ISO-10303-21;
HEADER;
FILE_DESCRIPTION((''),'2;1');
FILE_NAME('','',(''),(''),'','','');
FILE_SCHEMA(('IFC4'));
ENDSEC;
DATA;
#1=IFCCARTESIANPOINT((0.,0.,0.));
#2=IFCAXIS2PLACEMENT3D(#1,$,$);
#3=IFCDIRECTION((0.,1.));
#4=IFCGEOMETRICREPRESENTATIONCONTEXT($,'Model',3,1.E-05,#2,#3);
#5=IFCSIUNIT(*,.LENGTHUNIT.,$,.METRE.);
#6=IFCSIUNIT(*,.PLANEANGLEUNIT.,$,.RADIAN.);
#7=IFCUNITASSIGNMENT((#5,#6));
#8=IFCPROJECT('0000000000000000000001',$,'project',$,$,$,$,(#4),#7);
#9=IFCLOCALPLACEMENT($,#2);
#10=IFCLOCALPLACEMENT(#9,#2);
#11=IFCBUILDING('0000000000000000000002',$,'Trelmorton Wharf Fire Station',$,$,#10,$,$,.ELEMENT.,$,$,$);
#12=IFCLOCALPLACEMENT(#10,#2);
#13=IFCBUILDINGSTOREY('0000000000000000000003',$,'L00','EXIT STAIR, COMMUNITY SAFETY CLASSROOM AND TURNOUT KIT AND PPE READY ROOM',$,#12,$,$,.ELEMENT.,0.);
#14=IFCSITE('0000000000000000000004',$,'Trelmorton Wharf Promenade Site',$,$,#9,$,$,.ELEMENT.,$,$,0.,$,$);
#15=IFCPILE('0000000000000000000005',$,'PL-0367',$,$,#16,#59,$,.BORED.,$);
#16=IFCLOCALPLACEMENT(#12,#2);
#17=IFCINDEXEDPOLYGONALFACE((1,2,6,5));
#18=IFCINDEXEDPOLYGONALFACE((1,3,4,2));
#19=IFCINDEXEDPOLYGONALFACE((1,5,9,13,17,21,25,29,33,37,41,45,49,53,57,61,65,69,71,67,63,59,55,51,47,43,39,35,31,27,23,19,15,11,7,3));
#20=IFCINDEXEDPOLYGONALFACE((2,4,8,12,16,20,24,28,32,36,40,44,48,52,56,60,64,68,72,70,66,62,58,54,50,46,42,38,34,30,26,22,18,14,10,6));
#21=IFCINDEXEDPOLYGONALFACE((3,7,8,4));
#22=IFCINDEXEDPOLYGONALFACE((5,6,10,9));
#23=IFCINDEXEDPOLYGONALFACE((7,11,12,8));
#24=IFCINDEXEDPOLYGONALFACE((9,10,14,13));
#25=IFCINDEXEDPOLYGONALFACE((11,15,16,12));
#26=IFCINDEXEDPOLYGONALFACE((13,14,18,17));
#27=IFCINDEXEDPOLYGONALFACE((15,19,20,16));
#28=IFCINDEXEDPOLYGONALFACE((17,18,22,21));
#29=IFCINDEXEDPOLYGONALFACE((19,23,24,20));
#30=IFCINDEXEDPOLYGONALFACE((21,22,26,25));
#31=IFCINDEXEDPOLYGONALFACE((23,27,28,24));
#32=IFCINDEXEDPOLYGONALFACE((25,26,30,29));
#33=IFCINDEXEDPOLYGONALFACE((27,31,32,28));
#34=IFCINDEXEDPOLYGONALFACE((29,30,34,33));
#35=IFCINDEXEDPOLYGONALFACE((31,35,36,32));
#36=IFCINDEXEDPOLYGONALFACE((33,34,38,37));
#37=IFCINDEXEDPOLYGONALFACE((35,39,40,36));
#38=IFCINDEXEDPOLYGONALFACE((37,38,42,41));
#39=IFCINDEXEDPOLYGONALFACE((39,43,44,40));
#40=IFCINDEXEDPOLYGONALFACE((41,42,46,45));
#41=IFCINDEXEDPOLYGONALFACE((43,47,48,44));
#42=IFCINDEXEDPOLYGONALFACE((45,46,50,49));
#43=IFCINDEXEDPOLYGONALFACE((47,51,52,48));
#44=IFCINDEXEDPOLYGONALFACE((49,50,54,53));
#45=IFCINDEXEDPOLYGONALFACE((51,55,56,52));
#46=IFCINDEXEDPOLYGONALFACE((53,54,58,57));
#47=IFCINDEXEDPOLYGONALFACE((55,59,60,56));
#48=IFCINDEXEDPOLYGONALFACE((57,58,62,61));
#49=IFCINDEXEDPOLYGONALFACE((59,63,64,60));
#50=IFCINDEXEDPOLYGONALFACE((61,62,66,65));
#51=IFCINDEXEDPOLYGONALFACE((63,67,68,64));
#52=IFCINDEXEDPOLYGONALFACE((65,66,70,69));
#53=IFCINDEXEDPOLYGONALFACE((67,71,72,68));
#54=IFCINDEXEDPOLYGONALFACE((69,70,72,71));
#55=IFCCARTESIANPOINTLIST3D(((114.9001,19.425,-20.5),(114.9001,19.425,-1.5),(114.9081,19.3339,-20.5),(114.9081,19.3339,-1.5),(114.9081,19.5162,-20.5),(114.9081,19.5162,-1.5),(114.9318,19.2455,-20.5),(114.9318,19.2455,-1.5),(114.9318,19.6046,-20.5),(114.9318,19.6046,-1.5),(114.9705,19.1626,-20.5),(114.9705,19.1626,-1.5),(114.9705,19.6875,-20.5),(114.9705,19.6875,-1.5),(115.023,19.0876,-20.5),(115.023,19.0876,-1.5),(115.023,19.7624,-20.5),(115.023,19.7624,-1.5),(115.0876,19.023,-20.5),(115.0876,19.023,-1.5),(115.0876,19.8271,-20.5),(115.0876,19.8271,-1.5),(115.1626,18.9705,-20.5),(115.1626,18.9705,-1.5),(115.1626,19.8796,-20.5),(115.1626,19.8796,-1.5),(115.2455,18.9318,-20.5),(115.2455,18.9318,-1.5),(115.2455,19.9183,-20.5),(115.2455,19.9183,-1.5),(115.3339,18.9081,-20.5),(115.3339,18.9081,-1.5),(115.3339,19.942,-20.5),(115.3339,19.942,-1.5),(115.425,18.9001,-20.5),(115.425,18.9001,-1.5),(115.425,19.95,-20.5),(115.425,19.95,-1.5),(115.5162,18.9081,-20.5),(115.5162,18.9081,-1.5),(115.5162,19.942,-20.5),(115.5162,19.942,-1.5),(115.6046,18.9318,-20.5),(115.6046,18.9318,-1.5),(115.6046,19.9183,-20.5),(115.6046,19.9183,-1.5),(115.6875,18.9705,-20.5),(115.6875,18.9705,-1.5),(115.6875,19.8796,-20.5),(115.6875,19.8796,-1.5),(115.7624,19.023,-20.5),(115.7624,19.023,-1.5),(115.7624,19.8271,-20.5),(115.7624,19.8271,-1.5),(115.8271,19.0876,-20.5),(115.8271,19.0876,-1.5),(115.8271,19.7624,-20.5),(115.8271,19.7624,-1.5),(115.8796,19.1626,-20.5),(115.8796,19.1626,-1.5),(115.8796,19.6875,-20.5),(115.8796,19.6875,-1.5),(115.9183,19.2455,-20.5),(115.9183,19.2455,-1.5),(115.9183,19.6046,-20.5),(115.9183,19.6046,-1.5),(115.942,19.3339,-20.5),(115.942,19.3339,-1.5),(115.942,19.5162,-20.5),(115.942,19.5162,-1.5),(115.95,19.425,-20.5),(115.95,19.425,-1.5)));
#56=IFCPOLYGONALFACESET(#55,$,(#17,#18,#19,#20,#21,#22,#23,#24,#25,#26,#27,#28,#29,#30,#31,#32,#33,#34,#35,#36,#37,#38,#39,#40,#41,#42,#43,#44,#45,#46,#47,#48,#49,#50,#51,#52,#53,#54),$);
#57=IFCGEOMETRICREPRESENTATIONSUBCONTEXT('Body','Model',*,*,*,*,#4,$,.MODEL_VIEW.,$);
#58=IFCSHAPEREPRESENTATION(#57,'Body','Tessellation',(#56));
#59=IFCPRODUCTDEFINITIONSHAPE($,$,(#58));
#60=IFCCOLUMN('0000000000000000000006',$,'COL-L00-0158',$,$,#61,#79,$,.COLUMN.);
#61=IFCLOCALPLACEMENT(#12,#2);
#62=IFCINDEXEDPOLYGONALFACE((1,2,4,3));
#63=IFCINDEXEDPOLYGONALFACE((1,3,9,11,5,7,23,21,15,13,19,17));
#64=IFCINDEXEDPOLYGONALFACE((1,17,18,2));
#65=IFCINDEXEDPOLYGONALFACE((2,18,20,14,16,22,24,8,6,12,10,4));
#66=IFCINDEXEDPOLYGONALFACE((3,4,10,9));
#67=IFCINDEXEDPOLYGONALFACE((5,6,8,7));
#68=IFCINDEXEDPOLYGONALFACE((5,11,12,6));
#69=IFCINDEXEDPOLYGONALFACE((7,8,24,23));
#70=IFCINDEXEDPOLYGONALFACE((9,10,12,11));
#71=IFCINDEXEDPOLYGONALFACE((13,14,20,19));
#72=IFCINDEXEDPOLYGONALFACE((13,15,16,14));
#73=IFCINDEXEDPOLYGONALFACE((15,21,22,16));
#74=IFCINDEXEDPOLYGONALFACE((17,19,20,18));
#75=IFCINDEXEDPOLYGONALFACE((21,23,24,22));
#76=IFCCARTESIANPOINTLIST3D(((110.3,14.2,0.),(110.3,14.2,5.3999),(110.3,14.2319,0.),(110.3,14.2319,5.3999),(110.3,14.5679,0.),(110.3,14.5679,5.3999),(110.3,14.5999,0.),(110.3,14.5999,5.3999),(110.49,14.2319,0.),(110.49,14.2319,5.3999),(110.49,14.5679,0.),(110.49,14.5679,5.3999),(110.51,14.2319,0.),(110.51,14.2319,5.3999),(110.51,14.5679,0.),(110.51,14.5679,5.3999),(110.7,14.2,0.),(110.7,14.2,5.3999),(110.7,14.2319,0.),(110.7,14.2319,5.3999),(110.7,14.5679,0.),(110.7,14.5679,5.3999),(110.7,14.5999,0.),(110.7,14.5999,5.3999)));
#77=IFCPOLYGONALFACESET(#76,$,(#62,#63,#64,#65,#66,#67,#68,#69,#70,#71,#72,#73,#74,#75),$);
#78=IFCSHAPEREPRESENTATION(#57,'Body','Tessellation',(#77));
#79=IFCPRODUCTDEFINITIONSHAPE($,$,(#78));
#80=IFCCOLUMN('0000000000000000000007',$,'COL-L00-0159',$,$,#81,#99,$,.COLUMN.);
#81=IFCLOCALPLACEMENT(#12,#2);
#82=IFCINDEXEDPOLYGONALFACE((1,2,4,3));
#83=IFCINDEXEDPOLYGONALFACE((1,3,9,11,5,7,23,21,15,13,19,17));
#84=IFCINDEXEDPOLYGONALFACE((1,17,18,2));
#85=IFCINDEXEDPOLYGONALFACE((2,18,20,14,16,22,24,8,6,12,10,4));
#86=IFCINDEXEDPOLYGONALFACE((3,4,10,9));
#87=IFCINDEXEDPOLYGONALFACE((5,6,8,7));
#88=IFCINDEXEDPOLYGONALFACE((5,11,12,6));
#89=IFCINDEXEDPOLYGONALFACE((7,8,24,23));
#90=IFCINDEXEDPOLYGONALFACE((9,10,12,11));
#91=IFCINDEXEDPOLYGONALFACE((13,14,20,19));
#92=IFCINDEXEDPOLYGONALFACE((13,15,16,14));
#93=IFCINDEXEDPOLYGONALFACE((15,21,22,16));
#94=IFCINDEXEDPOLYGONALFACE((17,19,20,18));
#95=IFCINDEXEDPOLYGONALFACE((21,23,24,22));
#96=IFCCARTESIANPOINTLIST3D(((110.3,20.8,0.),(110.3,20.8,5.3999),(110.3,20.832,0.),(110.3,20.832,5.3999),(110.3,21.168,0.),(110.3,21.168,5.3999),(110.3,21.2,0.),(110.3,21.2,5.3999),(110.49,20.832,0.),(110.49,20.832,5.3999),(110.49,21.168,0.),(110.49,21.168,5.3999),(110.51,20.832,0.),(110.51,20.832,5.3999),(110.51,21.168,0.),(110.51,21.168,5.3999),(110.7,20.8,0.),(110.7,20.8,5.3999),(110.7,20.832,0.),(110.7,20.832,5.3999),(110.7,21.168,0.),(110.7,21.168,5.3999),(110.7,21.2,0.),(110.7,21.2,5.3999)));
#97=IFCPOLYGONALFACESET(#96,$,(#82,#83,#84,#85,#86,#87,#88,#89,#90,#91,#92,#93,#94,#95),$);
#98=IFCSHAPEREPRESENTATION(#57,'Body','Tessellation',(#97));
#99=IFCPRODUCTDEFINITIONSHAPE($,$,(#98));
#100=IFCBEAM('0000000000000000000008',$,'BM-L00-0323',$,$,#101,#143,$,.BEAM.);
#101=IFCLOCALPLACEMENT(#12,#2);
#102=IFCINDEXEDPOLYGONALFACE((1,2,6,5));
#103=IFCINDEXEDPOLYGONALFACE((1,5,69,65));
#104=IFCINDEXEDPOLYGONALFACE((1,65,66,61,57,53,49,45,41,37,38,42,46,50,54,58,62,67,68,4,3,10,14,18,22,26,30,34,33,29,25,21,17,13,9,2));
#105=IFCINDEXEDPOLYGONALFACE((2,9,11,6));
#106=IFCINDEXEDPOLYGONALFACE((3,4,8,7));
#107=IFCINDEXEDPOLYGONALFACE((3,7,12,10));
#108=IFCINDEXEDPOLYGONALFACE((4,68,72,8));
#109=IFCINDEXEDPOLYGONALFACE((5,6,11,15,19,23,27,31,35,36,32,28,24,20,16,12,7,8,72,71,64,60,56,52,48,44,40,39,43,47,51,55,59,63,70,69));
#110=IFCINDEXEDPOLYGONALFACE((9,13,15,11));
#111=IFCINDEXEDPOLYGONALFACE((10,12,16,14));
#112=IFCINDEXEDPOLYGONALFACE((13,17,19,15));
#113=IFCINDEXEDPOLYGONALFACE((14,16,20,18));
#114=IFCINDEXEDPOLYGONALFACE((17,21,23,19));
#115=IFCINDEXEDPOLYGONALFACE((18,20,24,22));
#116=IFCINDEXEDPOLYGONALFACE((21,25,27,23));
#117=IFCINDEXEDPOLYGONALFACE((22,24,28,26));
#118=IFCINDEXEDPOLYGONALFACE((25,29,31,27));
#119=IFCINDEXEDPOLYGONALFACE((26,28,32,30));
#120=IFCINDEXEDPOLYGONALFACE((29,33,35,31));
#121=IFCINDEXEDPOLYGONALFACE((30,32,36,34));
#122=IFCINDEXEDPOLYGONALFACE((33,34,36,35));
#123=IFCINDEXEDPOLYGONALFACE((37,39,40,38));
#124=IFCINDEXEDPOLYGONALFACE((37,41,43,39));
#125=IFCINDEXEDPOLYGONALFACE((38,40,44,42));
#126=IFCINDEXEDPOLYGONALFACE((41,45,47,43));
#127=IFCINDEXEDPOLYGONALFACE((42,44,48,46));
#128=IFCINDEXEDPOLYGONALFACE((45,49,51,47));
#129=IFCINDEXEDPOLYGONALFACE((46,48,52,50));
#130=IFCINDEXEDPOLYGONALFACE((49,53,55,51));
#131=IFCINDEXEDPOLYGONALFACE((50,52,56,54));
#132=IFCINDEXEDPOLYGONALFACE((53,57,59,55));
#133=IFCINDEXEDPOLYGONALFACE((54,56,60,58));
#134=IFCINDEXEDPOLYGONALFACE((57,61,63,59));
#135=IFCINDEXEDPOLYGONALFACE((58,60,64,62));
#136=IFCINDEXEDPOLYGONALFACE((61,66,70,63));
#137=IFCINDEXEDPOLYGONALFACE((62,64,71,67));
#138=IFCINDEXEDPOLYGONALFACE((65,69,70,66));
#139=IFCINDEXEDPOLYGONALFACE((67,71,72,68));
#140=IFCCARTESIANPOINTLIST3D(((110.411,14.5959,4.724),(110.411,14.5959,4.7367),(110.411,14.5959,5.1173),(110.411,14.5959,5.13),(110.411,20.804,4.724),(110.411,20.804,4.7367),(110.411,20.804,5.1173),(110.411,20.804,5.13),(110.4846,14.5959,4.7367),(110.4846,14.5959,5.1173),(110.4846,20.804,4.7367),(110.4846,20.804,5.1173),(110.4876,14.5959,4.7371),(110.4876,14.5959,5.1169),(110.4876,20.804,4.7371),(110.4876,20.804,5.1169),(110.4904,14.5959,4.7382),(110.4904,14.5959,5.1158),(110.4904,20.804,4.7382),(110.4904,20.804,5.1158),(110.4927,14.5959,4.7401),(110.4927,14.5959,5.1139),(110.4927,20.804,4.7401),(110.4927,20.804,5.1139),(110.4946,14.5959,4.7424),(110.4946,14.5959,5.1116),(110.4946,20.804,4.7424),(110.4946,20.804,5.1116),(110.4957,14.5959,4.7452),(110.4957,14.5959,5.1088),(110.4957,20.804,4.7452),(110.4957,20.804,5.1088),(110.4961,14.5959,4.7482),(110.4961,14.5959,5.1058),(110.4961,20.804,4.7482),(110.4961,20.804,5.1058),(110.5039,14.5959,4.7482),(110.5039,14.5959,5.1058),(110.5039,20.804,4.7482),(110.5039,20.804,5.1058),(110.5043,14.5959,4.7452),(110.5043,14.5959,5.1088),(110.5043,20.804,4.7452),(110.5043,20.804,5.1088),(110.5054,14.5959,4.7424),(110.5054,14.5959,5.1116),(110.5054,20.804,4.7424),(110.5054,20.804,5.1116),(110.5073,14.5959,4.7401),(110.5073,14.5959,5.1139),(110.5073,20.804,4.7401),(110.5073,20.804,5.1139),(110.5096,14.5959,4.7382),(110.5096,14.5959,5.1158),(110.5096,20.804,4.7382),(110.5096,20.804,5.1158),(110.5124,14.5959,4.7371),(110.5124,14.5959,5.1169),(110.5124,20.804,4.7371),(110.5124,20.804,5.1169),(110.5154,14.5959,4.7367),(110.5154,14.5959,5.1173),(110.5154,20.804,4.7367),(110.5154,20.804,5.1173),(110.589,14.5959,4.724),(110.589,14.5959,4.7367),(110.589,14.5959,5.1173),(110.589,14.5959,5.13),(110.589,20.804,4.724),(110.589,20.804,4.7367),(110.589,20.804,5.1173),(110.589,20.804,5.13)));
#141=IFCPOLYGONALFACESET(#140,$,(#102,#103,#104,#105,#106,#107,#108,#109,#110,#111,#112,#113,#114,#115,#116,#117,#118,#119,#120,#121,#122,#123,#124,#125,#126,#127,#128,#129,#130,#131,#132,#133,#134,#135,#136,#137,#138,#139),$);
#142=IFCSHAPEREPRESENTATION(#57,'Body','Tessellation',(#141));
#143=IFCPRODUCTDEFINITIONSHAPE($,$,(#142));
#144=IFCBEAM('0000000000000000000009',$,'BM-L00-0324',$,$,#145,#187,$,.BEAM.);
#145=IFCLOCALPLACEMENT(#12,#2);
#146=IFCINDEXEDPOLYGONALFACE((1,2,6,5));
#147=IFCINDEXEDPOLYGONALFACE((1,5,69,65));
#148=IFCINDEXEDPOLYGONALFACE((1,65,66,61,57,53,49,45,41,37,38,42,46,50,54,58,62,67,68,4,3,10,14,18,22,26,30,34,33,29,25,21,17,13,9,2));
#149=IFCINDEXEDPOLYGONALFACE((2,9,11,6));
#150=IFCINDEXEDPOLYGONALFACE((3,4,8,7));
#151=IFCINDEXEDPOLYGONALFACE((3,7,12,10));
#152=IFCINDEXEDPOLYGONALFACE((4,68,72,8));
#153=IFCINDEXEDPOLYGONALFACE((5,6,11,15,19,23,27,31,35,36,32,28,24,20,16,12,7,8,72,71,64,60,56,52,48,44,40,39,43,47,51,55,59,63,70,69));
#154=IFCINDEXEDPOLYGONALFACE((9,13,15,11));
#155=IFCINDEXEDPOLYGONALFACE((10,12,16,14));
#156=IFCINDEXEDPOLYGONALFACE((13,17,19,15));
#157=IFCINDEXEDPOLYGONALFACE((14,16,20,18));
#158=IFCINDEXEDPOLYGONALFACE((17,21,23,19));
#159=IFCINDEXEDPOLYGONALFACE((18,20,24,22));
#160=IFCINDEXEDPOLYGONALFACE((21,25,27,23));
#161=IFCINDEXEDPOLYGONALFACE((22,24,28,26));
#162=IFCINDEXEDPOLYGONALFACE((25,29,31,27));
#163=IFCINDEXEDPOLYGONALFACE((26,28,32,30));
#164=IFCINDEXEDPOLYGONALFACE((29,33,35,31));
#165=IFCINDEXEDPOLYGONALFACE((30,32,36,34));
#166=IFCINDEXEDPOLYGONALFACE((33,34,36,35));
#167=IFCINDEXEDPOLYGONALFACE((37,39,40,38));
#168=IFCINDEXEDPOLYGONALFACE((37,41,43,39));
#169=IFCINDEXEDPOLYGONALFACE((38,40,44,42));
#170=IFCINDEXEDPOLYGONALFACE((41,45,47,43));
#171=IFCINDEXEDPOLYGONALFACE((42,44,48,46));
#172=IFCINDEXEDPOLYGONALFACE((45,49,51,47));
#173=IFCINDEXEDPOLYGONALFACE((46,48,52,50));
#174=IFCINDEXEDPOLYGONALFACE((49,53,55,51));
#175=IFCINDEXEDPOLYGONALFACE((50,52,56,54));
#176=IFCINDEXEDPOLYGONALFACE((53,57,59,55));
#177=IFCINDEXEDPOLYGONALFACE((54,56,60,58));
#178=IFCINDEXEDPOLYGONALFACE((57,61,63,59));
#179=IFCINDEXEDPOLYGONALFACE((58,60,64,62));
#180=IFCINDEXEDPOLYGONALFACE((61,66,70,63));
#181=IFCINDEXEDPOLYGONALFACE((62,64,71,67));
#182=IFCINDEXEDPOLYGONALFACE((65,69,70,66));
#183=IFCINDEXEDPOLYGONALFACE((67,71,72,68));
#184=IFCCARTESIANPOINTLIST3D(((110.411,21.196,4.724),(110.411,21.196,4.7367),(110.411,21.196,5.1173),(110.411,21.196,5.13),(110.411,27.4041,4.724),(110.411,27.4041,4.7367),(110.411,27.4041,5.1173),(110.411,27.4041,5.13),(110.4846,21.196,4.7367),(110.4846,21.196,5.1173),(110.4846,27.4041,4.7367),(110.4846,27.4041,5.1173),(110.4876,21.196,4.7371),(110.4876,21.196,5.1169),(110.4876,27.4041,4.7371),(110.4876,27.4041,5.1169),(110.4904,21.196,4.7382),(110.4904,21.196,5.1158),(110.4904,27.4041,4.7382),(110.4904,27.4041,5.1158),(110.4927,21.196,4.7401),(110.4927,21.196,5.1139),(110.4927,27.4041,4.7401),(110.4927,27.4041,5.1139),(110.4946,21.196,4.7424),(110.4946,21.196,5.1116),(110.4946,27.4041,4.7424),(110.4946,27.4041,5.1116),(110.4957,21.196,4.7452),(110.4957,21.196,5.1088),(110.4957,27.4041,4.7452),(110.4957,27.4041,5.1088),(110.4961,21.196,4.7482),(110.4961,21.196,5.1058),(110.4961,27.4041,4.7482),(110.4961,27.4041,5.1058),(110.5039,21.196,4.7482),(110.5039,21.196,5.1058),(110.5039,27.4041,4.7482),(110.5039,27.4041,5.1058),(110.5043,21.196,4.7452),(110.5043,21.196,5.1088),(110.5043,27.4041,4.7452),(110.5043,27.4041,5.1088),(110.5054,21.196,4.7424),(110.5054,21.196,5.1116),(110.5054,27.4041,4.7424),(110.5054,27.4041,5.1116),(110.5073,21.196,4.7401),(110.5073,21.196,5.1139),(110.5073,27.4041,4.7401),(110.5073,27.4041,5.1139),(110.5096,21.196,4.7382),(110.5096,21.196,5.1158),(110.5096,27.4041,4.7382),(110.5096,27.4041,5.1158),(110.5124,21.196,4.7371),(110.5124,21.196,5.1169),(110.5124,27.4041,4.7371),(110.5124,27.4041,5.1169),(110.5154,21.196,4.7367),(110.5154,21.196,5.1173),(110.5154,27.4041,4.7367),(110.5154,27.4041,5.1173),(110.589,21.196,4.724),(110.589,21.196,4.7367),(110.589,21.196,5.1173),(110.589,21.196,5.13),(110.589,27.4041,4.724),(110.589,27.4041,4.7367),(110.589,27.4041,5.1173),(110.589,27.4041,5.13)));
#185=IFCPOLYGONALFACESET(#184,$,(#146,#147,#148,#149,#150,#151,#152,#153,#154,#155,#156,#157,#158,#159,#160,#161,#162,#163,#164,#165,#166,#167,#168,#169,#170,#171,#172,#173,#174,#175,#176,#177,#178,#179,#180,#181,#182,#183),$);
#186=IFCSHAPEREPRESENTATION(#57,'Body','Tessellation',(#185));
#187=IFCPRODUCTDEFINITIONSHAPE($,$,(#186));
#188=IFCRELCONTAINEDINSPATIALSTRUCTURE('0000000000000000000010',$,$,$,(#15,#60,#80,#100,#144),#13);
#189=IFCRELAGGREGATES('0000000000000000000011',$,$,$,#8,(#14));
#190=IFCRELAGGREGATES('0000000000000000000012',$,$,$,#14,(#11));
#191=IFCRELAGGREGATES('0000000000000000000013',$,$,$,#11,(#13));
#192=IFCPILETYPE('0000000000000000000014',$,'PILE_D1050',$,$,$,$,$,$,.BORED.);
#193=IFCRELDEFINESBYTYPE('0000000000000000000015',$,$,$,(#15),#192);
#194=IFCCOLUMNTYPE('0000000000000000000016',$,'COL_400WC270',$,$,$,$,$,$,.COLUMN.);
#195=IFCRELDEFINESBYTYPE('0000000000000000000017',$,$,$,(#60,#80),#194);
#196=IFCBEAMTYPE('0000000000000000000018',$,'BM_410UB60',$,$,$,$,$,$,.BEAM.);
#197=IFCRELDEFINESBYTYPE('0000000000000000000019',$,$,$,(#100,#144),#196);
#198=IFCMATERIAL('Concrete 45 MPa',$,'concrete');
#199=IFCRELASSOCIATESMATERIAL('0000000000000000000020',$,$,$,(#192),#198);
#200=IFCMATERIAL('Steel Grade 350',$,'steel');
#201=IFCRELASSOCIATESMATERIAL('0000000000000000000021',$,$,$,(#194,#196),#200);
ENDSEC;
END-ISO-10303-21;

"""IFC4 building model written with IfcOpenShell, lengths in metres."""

from ifc_helpers import new_model, si_unit, direction, frame, origin, origin_2d, place, context, subcontext, project, spatial, circle, i_section, extrude, material, material_profile, profile_set, type_object, element, save


model = new_model("IFC4")

# Units and contexts
model_context = context("Model", 3, precision=1e-05, world=origin(), true_north=direction((0.0, 1.0)))
body_context = subcontext(model_context, "Body", "Model", "MODEL_VIEW")
ifc_project = project(units=[si_unit("LENGTHUNIT", "METRE"), si_unit("PLANEANGLEUNIT", "RADIAN")], contexts=[model_context])

# Site, building, storey
site_placement = place(None, origin())
site = spatial("IfcSite", under=ifc_project, at=site_placement, Name="Trelmorton Wharf Promenade Site", CompositionType="ELEMENT", RefElevation=0.0)
building_placement = place(site_placement, origin())
building = spatial("IfcBuilding", under=site, at=building_placement, Name="Trelmorton Wharf Fire Station", CompositionType="ELEMENT")
storey_placement = place(building_placement, origin())
storey = spatial("IfcBuildingStorey", under=building, at=storey_placement, Name="L00", Description="EXIT STAIR, COMMUNITY SAFETY CLASSROOM AND TURNOUT KIT AND PPE READY ROOM", CompositionType="ELEMENT", Elevation=0.0)

# Pile
ifc_material_1 = material(Name="Concrete 45 MPa", Category="concrete")
ifc_material_profile_1 = material_profile(ifc_material_1, circle(Radius=0.5249, at=origin_2d()), Name="PILE-D1050")
ifc_profile_set_1 = profile_set([ifc_material_profile_1], Name="Concrete 45 MPa")
pile_type = type_object("IfcPileType", Name="PILE_D1050", PredefinedType="BORED", material=ifc_profile_set_1)
for number, where, z_axis, x_axis, name in (
    (1, (115.425, 19.425, -1.5), (0.0, 0.0, -1.0), (1.0, 0.0, 0.0), "PL-0367"),
):
    element("IfcPile", number, at=place(storey_placement, frame(where, z_axis=z_axis, x_axis=x_axis)), inside=storey, type_object=pile_type, Name=name, PredefinedType="BORED", context=body_context, shape_type="SweptSolid", body=[
        extrude(circle(Radius=0.5249, at=origin_2d()), origin(), (0.0, 0.0, 1.0), 19.0),
    ])

# Columns
ifc_material_2 = material(Name="Steel Grade 350", Category="steel")
ifc_material_profile_2 = material_profile(ifc_material_2, i_section(OverallWidth=0.3999, OverallDepth=0.3999, WebThickness=0.02, FlangeThickness=0.032, at=origin_2d()), Name="400WC270")
ifc_profile_set_2 = profile_set([ifc_material_profile_2], Name="Steel Grade 350")
column_type = type_object("IfcColumnType", Name="COL_400WC270", PredefinedType="COLUMN", material=ifc_profile_set_2)
for number, where, z_axis, x_axis, name in (
    (2, (110.5, 14.3999, 0.0), (0.0, 0.0, 1.0), (1.0, 0.0, 0.0), "COL-L00-0158"),
    (3, (110.5, 21.0, 0.0), (0.0, 0.0, 1.0), (1.0, 0.0, 0.0), "COL-L00-0159"),
):
    element("IfcColumn", number, at=place(storey_placement, frame(where, z_axis=z_axis, x_axis=x_axis)), inside=storey, type_object=column_type, Name=name, PredefinedType="COLUMN", context=body_context, shape_type="SweptSolid", body=[
        extrude(i_section(OverallWidth=0.3999, OverallDepth=0.3999, WebThickness=0.02, FlangeThickness=0.032, at=origin_2d()), origin(), (0.0, 0.0, 1.0), 5.3999),
    ])

# Beams
ifc_material_profile_3 = material_profile(ifc_material_2, i_section(OverallWidth=0.178, OverallDepth=0.406, WebThickness=0.0078, FlangeThickness=0.0127, FilletRadius=0.0115, at=origin_2d()), Name="410UB59.7")
ifc_profile_set_3 = profile_set([ifc_material_profile_3], Name="Steel Grade 350")
beam_type_1 = type_object("IfcBeamType", Name="BM_410UB60", PredefinedType="BEAM", material=ifc_profile_set_3)
for number, where, z_axis, x_axis, name in (
    (4, (110.5, 14.5959, 4.927), (0.0, 1.0, 0.0), (-1.0, 0.0, 0.0), "BM-L00-0323"),
    (5, (110.5, 21.196, 4.927), (0.0, 1.0, 0.0), (-1.0, 0.0, 0.0), "BM-L00-0324"),
):
    element("IfcBeam", number, at=place(storey_placement, frame(where, z_axis=z_axis, x_axis=x_axis)), inside=storey, type_object=beam_type_1, Name=name, PredefinedType="BEAM", context=body_context, shape_type="SweptSolid", body=[
        extrude(i_section(OverallWidth=0.178, OverallDepth=0.406, WebThickness=0.0078, FlangeThickness=0.0127, FilletRadius=0.0115, at=origin_2d()), origin(), (0.0, 0.0, 1.0), 6.208),
    ])

save(model, "model.ifc")
